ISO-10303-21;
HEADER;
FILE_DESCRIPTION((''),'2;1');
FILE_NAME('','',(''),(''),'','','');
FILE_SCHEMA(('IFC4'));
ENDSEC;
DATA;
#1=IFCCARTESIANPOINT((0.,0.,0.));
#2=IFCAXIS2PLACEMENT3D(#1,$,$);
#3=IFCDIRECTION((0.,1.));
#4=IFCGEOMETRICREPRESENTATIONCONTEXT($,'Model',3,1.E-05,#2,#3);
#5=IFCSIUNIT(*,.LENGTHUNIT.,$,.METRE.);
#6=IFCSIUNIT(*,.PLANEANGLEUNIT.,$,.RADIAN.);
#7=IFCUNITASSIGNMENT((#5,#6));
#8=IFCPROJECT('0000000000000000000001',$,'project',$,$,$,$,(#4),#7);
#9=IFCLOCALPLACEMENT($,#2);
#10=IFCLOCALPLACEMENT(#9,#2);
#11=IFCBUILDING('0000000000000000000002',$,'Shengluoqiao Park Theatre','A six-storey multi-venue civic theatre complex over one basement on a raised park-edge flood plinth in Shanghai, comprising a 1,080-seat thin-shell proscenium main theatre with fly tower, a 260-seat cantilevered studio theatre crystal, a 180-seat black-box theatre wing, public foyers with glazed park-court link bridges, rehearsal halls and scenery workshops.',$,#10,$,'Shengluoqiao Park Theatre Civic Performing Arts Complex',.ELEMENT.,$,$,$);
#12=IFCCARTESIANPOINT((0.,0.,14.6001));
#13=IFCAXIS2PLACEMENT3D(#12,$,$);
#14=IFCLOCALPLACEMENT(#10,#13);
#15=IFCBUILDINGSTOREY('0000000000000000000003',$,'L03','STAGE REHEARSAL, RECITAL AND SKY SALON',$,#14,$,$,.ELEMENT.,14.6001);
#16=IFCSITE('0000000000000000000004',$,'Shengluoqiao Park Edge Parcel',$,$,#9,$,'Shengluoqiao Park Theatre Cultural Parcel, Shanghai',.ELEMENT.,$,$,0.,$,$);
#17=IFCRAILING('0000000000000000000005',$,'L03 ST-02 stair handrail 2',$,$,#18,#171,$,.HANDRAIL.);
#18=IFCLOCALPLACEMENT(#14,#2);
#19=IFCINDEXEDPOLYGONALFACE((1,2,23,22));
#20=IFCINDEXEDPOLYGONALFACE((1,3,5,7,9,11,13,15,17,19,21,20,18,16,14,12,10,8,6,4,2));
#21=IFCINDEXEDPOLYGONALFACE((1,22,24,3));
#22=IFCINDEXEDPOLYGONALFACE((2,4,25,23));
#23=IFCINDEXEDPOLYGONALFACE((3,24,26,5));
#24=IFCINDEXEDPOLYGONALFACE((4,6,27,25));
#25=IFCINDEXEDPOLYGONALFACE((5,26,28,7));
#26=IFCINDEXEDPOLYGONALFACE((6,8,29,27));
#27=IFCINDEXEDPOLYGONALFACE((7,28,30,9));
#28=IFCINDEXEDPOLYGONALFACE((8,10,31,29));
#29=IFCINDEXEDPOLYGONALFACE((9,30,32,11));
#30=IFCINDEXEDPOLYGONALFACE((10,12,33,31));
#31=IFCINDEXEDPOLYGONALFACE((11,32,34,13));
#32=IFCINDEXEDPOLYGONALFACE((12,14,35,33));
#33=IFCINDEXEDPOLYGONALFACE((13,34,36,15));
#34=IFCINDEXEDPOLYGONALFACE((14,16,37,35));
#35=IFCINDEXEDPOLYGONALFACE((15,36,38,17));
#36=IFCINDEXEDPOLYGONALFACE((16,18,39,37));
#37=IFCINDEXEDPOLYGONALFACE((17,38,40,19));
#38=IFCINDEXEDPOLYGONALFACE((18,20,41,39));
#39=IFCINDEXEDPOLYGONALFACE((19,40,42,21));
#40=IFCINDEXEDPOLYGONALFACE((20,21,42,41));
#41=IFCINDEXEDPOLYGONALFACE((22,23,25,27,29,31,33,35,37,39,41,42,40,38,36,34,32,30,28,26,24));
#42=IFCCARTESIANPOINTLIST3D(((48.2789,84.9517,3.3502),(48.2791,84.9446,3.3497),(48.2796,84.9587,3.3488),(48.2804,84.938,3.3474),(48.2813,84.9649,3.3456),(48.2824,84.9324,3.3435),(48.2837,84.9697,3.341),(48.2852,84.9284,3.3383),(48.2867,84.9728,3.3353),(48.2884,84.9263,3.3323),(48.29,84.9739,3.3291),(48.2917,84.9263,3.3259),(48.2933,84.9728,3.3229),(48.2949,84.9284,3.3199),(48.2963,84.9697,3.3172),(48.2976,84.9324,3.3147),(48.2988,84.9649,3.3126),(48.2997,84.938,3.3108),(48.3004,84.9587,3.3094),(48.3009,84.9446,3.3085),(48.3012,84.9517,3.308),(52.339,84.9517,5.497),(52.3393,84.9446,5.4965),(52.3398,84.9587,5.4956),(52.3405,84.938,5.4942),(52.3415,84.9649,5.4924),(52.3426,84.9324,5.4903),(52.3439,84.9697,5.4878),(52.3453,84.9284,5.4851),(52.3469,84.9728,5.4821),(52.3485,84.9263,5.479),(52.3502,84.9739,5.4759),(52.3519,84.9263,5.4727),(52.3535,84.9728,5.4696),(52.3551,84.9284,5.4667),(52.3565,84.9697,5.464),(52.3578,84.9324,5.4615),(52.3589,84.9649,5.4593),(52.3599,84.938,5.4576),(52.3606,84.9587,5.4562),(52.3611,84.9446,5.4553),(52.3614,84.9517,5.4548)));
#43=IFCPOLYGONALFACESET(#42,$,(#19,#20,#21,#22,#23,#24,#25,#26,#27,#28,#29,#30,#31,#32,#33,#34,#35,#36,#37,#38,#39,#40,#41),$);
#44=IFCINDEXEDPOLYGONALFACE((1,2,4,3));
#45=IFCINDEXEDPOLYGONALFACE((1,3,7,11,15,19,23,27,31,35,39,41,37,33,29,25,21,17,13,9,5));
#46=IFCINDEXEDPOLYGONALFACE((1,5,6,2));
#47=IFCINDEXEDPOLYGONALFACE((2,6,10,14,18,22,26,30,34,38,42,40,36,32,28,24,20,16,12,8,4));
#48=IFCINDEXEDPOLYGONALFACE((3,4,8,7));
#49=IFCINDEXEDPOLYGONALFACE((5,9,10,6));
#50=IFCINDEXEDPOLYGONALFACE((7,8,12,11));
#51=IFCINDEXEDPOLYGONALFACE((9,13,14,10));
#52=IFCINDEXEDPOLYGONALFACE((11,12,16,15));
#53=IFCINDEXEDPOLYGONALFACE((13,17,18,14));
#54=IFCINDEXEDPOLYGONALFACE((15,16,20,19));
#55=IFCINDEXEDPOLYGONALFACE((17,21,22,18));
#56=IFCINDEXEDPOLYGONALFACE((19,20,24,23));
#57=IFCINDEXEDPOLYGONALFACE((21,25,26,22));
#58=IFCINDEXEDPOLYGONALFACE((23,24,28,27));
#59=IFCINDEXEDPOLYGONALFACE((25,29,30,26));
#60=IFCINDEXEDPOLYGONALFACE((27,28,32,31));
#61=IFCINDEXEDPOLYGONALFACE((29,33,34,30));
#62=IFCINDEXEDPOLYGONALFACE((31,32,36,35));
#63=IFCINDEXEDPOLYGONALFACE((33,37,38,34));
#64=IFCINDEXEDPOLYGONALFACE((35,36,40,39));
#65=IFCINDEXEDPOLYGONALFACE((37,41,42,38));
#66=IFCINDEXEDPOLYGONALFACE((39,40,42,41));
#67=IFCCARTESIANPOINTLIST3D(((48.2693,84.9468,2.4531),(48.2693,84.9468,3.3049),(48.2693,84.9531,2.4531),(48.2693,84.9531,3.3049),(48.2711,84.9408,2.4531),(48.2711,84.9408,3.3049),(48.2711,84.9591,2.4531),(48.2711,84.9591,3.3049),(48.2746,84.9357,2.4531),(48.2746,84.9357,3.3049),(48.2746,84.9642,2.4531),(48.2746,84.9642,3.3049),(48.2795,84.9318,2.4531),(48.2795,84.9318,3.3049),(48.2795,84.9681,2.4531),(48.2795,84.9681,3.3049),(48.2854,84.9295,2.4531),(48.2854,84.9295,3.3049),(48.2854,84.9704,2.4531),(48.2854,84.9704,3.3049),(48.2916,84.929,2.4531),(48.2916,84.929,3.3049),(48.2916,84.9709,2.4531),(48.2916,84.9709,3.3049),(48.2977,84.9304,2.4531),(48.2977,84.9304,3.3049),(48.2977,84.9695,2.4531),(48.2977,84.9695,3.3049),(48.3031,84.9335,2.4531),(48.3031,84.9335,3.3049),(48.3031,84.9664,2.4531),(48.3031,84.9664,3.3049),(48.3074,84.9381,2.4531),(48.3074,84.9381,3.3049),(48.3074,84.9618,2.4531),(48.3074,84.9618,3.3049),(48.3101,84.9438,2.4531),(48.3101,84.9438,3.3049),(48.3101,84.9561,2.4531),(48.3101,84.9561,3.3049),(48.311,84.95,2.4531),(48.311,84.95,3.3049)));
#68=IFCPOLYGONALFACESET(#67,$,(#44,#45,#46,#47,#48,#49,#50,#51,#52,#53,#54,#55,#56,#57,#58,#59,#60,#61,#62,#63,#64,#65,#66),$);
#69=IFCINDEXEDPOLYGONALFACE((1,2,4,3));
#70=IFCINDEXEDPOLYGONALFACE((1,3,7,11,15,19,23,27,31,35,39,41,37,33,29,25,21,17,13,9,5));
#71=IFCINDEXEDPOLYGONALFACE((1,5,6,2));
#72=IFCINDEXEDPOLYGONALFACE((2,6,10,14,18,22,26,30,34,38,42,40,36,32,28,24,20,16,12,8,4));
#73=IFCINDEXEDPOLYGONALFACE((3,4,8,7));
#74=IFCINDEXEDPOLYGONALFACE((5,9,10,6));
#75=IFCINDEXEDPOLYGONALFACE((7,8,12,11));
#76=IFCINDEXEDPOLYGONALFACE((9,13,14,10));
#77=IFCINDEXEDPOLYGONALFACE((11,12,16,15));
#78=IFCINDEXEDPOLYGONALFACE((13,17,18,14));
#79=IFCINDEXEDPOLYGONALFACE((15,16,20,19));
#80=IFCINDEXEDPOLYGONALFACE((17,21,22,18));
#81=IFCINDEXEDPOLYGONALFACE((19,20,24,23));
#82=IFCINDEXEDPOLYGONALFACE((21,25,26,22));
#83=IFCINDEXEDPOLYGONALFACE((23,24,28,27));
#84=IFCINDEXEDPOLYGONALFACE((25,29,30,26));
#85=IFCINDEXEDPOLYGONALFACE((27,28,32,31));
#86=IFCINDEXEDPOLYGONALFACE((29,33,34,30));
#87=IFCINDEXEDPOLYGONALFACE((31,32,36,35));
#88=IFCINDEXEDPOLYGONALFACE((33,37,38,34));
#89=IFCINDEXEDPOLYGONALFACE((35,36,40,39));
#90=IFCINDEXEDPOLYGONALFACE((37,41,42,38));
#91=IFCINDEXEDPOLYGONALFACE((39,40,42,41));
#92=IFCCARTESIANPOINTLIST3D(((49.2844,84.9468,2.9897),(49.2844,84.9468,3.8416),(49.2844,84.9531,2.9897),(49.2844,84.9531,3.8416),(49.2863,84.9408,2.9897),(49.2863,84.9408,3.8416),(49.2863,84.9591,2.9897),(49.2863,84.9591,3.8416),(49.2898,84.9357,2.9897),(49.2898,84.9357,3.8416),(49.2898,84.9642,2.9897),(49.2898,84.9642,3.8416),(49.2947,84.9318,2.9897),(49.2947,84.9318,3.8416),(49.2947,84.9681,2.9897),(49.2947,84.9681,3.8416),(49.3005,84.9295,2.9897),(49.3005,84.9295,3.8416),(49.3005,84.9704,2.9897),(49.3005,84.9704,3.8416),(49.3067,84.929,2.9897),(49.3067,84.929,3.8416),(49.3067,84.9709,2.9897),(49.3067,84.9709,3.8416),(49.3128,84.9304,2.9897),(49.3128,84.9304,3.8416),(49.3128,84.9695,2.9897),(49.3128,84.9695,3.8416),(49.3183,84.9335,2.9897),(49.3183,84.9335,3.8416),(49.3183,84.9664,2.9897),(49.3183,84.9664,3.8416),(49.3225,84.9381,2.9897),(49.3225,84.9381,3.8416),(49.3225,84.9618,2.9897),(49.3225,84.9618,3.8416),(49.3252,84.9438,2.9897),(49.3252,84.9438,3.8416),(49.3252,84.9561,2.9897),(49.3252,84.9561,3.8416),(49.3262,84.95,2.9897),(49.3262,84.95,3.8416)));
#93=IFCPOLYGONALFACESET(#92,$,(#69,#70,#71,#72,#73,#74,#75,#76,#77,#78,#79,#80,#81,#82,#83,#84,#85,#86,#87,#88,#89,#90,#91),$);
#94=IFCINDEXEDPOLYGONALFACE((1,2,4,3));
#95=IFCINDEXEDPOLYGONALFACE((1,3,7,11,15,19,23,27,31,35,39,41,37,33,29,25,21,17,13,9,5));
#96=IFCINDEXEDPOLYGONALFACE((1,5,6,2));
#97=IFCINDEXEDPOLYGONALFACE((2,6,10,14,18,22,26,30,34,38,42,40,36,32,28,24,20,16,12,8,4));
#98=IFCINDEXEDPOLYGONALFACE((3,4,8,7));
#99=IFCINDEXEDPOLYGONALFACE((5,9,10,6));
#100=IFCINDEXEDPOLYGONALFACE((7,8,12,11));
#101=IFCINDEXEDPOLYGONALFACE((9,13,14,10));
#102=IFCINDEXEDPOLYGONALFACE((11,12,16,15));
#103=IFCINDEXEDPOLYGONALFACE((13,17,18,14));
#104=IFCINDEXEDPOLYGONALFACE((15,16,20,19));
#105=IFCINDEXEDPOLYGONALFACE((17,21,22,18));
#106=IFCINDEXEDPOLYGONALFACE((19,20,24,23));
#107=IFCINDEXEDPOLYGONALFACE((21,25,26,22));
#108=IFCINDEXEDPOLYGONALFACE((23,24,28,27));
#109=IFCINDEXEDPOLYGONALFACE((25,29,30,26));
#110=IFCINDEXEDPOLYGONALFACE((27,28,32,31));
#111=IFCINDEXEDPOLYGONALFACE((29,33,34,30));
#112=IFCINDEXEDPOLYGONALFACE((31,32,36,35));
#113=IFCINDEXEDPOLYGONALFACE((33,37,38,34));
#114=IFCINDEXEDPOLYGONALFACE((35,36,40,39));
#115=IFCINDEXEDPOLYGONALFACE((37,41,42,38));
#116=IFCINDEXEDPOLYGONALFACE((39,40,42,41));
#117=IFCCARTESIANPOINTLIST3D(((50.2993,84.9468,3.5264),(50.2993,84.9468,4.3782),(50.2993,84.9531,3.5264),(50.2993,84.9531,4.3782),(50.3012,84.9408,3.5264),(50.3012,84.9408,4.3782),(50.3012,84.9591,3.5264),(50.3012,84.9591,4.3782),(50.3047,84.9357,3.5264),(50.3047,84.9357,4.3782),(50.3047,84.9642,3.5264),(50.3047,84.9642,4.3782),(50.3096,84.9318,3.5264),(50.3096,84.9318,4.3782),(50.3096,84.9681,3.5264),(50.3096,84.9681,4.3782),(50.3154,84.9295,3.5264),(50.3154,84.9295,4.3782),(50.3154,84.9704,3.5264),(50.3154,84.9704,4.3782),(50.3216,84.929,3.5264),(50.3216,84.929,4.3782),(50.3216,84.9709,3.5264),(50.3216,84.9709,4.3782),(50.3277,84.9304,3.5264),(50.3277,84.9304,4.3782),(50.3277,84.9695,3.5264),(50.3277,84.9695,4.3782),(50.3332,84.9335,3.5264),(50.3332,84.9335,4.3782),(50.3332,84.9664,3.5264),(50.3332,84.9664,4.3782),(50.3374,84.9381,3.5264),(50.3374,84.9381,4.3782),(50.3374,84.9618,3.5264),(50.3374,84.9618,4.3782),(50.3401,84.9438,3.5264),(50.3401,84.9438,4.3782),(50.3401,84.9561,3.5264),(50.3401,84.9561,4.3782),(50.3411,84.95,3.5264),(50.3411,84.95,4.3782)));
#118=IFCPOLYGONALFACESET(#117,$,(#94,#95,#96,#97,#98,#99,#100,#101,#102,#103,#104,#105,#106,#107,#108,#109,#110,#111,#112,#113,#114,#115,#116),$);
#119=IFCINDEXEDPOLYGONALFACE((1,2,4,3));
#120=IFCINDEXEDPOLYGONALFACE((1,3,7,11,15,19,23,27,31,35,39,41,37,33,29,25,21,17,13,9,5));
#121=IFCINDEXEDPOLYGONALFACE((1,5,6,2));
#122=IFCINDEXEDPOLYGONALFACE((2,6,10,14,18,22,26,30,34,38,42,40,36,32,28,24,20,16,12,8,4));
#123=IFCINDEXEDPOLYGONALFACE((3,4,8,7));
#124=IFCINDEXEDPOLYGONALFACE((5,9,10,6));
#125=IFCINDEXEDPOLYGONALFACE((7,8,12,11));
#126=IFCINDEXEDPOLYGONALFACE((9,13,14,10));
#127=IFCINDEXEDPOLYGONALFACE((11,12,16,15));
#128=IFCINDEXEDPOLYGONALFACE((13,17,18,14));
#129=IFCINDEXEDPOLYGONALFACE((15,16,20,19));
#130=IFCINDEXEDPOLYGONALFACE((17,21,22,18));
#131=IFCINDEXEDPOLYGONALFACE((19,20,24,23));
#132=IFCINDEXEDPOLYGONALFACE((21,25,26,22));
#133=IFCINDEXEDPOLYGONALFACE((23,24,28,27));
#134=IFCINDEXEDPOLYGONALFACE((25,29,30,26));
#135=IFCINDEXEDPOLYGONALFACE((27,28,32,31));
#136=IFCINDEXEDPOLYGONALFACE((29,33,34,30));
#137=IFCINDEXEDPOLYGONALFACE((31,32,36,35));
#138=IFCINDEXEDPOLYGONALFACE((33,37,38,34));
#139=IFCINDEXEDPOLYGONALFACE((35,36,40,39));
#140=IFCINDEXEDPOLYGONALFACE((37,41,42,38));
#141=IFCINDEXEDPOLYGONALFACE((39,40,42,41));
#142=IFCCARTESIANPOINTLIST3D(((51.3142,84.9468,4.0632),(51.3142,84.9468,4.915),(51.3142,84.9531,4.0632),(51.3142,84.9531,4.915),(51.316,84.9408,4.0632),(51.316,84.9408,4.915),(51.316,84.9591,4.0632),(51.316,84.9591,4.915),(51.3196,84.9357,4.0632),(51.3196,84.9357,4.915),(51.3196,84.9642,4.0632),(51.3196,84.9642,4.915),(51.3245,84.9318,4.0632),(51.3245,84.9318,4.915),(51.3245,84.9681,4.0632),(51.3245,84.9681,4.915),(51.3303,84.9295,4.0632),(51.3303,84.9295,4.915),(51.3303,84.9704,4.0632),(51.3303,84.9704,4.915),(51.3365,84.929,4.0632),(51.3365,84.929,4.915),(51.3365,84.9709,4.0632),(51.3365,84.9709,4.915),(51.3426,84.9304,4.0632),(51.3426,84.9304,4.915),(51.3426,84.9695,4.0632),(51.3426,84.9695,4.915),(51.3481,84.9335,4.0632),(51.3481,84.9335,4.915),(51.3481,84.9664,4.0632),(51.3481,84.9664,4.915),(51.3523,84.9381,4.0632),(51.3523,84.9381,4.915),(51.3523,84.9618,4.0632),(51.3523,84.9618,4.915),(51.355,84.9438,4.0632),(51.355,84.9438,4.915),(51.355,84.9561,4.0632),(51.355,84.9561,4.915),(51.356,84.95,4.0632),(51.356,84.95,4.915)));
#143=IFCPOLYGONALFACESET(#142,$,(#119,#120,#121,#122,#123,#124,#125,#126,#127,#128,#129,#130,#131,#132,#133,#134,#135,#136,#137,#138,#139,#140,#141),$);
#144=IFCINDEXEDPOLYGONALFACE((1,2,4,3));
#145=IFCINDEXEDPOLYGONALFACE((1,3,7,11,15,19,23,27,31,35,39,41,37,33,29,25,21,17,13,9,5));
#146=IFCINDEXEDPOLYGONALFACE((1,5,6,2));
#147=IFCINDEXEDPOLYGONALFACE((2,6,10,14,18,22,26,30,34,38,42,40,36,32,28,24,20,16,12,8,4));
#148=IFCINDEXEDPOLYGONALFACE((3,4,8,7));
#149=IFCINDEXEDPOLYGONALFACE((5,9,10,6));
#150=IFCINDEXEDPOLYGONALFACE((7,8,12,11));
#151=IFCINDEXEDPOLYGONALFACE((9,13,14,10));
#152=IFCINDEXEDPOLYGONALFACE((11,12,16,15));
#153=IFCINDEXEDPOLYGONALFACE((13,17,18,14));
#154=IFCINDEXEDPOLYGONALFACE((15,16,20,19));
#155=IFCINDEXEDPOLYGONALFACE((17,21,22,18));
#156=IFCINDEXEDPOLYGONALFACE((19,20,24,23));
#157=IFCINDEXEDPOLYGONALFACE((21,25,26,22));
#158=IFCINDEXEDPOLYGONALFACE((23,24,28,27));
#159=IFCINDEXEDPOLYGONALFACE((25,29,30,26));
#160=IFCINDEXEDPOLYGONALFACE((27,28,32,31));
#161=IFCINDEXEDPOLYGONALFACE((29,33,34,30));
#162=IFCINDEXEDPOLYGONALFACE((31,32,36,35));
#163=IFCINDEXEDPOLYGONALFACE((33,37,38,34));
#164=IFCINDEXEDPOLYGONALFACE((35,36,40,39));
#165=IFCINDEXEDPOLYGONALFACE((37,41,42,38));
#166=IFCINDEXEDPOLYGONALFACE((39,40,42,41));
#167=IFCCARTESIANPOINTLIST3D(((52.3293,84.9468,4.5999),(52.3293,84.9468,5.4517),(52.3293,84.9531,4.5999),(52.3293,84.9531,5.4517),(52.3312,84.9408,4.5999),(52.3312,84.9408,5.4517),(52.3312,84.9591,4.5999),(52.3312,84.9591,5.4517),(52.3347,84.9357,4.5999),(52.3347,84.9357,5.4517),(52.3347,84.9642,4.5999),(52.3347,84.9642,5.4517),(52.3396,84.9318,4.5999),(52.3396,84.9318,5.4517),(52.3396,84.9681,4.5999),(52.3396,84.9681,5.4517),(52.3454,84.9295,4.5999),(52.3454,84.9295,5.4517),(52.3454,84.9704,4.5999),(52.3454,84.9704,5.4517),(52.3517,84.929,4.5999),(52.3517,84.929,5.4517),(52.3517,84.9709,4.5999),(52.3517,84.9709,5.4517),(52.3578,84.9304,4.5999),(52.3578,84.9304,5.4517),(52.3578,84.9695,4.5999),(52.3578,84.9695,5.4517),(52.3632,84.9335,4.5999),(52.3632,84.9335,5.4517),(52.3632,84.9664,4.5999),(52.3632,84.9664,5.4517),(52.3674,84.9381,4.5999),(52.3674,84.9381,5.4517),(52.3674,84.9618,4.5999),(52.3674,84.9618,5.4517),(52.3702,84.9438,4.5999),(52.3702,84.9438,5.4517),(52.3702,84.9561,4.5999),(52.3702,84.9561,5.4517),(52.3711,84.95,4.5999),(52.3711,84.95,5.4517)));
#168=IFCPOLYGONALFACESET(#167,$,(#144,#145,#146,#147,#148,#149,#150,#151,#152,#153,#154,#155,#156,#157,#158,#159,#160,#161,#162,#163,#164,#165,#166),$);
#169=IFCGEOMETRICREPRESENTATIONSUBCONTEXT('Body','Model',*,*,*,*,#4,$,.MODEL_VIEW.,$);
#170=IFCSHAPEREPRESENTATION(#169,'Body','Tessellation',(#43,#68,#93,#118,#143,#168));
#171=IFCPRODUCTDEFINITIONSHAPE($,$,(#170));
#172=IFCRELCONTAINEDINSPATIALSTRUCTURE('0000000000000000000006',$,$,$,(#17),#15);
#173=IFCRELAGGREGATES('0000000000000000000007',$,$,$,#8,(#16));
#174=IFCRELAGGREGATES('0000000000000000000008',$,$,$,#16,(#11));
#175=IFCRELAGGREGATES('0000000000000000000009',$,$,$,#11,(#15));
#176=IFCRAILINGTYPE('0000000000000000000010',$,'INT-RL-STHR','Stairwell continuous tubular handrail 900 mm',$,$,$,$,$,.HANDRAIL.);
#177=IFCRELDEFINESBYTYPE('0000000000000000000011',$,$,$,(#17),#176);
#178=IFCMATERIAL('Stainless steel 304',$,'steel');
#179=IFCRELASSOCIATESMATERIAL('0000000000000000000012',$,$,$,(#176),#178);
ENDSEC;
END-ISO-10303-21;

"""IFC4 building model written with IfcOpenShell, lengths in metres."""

from ifc_helpers import new_model, si_unit, direction, frame, origin, origin_2d, place, context, subcontext, project, spatial, circle, extrude, material, type_object, element, save


model = new_model("IFC4")

# Units and contexts
model_context = context("Model", 3, precision=1e-05, world=origin(), true_north=direction((0.0, 1.0)))
body_context = subcontext(model_context, "Body", "Model", "MODEL_VIEW")
ifc_project = project(units=[si_unit("LENGTHUNIT", "METRE"), si_unit("PLANEANGLEUNIT", "RADIAN")], contexts=[model_context])

# Site, building, storey
site_placement = place(None, origin())
site = spatial("IfcSite", under=ifc_project, at=site_placement, Name="Shengluoqiao Park Edge Parcel", LongName="Shengluoqiao Park Theatre Cultural Parcel, Shanghai", CompositionType="ELEMENT", RefElevation=0.0)
building_placement = place(site_placement, origin())
building = spatial("IfcBuilding", under=site, at=building_placement, Name="Shengluoqiao Park Theatre", Description="A six-storey multi-venue civic theatre complex over one basement on a raised park-edge flood plinth in Shanghai, comprising a 1,080-seat thin-shell proscenium main theatre with fly tower, a 260-seat cantilevered studio theatre crystal, a 180-seat black-box theatre wing, public foyers with glazed park-court link bridges, rehearsal halls and scenery workshops.", LongName="Shengluoqiao Park Theatre Civic Performing Arts Complex", CompositionType="ELEMENT")
storey_placement = place(building_placement, frame((0.0, 0.0, 14.6001)))
storey = spatial("IfcBuildingStorey", under=building, at=storey_placement, Name="L03", Description="STAGE REHEARSAL, RECITAL AND SKY SALON", CompositionType="ELEMENT", Elevation=14.6001)

# Shared definitions
ifc_material_1 = material(Name="Stainless steel 304", Category="steel")

# Railing
railing_type_1 = type_object("IfcRailingType", Name="INT-RL-STHR", Description="Stairwell continuous tubular handrail 900 mm", PredefinedType="HANDRAIL", material=ifc_material_1)
railing_1_placement = place(storey_placement, frame((48.29, 84.95, 2.4531)))
element("IfcRailing", 1, at=railing_1_placement, inside=storey, type_object=railing_type_1, Name="L03 ST-02 stair handrail 2", PredefinedType="HANDRAIL", context=body_context, shape_type="SweptSolid", body=[
    extrude(circle(Radius=0.0239, at=origin_2d()), frame((0.0, 0.0, 0.876), z_axis=(0.884032, 0.0, 0.467426), x_axis=(0.0, 1.0, 0.0)), (0.0, 0.0, 1.0), 4.5928),
    extrude(circle(Radius=0.021, at=origin_2d()), origin(), (0.0, 0.0, 1.0), 0.8518),
    extrude(circle(Radius=0.021, at=origin_2d()), frame((1.0151, 0.0, 0.5366)), (0.0, 0.0, 1.0), 0.8518),
    extrude(circle(Radius=0.021, at=origin_2d()), frame((2.03, 0.0, 1.0732)), (0.0, 0.0, 1.0), 0.8518),
    extrude(circle(Radius=0.021, at=origin_2d()), frame((3.0449, 0.0, 1.6101)), (0.0, 0.0, 1.0), 0.8518),
    extrude(circle(Radius=0.021, at=origin_2d()), frame((4.0601, 0.0, 2.1467)), (0.0, 0.0, 1.0), 0.8518),
])

save(model, "model.ifc")
